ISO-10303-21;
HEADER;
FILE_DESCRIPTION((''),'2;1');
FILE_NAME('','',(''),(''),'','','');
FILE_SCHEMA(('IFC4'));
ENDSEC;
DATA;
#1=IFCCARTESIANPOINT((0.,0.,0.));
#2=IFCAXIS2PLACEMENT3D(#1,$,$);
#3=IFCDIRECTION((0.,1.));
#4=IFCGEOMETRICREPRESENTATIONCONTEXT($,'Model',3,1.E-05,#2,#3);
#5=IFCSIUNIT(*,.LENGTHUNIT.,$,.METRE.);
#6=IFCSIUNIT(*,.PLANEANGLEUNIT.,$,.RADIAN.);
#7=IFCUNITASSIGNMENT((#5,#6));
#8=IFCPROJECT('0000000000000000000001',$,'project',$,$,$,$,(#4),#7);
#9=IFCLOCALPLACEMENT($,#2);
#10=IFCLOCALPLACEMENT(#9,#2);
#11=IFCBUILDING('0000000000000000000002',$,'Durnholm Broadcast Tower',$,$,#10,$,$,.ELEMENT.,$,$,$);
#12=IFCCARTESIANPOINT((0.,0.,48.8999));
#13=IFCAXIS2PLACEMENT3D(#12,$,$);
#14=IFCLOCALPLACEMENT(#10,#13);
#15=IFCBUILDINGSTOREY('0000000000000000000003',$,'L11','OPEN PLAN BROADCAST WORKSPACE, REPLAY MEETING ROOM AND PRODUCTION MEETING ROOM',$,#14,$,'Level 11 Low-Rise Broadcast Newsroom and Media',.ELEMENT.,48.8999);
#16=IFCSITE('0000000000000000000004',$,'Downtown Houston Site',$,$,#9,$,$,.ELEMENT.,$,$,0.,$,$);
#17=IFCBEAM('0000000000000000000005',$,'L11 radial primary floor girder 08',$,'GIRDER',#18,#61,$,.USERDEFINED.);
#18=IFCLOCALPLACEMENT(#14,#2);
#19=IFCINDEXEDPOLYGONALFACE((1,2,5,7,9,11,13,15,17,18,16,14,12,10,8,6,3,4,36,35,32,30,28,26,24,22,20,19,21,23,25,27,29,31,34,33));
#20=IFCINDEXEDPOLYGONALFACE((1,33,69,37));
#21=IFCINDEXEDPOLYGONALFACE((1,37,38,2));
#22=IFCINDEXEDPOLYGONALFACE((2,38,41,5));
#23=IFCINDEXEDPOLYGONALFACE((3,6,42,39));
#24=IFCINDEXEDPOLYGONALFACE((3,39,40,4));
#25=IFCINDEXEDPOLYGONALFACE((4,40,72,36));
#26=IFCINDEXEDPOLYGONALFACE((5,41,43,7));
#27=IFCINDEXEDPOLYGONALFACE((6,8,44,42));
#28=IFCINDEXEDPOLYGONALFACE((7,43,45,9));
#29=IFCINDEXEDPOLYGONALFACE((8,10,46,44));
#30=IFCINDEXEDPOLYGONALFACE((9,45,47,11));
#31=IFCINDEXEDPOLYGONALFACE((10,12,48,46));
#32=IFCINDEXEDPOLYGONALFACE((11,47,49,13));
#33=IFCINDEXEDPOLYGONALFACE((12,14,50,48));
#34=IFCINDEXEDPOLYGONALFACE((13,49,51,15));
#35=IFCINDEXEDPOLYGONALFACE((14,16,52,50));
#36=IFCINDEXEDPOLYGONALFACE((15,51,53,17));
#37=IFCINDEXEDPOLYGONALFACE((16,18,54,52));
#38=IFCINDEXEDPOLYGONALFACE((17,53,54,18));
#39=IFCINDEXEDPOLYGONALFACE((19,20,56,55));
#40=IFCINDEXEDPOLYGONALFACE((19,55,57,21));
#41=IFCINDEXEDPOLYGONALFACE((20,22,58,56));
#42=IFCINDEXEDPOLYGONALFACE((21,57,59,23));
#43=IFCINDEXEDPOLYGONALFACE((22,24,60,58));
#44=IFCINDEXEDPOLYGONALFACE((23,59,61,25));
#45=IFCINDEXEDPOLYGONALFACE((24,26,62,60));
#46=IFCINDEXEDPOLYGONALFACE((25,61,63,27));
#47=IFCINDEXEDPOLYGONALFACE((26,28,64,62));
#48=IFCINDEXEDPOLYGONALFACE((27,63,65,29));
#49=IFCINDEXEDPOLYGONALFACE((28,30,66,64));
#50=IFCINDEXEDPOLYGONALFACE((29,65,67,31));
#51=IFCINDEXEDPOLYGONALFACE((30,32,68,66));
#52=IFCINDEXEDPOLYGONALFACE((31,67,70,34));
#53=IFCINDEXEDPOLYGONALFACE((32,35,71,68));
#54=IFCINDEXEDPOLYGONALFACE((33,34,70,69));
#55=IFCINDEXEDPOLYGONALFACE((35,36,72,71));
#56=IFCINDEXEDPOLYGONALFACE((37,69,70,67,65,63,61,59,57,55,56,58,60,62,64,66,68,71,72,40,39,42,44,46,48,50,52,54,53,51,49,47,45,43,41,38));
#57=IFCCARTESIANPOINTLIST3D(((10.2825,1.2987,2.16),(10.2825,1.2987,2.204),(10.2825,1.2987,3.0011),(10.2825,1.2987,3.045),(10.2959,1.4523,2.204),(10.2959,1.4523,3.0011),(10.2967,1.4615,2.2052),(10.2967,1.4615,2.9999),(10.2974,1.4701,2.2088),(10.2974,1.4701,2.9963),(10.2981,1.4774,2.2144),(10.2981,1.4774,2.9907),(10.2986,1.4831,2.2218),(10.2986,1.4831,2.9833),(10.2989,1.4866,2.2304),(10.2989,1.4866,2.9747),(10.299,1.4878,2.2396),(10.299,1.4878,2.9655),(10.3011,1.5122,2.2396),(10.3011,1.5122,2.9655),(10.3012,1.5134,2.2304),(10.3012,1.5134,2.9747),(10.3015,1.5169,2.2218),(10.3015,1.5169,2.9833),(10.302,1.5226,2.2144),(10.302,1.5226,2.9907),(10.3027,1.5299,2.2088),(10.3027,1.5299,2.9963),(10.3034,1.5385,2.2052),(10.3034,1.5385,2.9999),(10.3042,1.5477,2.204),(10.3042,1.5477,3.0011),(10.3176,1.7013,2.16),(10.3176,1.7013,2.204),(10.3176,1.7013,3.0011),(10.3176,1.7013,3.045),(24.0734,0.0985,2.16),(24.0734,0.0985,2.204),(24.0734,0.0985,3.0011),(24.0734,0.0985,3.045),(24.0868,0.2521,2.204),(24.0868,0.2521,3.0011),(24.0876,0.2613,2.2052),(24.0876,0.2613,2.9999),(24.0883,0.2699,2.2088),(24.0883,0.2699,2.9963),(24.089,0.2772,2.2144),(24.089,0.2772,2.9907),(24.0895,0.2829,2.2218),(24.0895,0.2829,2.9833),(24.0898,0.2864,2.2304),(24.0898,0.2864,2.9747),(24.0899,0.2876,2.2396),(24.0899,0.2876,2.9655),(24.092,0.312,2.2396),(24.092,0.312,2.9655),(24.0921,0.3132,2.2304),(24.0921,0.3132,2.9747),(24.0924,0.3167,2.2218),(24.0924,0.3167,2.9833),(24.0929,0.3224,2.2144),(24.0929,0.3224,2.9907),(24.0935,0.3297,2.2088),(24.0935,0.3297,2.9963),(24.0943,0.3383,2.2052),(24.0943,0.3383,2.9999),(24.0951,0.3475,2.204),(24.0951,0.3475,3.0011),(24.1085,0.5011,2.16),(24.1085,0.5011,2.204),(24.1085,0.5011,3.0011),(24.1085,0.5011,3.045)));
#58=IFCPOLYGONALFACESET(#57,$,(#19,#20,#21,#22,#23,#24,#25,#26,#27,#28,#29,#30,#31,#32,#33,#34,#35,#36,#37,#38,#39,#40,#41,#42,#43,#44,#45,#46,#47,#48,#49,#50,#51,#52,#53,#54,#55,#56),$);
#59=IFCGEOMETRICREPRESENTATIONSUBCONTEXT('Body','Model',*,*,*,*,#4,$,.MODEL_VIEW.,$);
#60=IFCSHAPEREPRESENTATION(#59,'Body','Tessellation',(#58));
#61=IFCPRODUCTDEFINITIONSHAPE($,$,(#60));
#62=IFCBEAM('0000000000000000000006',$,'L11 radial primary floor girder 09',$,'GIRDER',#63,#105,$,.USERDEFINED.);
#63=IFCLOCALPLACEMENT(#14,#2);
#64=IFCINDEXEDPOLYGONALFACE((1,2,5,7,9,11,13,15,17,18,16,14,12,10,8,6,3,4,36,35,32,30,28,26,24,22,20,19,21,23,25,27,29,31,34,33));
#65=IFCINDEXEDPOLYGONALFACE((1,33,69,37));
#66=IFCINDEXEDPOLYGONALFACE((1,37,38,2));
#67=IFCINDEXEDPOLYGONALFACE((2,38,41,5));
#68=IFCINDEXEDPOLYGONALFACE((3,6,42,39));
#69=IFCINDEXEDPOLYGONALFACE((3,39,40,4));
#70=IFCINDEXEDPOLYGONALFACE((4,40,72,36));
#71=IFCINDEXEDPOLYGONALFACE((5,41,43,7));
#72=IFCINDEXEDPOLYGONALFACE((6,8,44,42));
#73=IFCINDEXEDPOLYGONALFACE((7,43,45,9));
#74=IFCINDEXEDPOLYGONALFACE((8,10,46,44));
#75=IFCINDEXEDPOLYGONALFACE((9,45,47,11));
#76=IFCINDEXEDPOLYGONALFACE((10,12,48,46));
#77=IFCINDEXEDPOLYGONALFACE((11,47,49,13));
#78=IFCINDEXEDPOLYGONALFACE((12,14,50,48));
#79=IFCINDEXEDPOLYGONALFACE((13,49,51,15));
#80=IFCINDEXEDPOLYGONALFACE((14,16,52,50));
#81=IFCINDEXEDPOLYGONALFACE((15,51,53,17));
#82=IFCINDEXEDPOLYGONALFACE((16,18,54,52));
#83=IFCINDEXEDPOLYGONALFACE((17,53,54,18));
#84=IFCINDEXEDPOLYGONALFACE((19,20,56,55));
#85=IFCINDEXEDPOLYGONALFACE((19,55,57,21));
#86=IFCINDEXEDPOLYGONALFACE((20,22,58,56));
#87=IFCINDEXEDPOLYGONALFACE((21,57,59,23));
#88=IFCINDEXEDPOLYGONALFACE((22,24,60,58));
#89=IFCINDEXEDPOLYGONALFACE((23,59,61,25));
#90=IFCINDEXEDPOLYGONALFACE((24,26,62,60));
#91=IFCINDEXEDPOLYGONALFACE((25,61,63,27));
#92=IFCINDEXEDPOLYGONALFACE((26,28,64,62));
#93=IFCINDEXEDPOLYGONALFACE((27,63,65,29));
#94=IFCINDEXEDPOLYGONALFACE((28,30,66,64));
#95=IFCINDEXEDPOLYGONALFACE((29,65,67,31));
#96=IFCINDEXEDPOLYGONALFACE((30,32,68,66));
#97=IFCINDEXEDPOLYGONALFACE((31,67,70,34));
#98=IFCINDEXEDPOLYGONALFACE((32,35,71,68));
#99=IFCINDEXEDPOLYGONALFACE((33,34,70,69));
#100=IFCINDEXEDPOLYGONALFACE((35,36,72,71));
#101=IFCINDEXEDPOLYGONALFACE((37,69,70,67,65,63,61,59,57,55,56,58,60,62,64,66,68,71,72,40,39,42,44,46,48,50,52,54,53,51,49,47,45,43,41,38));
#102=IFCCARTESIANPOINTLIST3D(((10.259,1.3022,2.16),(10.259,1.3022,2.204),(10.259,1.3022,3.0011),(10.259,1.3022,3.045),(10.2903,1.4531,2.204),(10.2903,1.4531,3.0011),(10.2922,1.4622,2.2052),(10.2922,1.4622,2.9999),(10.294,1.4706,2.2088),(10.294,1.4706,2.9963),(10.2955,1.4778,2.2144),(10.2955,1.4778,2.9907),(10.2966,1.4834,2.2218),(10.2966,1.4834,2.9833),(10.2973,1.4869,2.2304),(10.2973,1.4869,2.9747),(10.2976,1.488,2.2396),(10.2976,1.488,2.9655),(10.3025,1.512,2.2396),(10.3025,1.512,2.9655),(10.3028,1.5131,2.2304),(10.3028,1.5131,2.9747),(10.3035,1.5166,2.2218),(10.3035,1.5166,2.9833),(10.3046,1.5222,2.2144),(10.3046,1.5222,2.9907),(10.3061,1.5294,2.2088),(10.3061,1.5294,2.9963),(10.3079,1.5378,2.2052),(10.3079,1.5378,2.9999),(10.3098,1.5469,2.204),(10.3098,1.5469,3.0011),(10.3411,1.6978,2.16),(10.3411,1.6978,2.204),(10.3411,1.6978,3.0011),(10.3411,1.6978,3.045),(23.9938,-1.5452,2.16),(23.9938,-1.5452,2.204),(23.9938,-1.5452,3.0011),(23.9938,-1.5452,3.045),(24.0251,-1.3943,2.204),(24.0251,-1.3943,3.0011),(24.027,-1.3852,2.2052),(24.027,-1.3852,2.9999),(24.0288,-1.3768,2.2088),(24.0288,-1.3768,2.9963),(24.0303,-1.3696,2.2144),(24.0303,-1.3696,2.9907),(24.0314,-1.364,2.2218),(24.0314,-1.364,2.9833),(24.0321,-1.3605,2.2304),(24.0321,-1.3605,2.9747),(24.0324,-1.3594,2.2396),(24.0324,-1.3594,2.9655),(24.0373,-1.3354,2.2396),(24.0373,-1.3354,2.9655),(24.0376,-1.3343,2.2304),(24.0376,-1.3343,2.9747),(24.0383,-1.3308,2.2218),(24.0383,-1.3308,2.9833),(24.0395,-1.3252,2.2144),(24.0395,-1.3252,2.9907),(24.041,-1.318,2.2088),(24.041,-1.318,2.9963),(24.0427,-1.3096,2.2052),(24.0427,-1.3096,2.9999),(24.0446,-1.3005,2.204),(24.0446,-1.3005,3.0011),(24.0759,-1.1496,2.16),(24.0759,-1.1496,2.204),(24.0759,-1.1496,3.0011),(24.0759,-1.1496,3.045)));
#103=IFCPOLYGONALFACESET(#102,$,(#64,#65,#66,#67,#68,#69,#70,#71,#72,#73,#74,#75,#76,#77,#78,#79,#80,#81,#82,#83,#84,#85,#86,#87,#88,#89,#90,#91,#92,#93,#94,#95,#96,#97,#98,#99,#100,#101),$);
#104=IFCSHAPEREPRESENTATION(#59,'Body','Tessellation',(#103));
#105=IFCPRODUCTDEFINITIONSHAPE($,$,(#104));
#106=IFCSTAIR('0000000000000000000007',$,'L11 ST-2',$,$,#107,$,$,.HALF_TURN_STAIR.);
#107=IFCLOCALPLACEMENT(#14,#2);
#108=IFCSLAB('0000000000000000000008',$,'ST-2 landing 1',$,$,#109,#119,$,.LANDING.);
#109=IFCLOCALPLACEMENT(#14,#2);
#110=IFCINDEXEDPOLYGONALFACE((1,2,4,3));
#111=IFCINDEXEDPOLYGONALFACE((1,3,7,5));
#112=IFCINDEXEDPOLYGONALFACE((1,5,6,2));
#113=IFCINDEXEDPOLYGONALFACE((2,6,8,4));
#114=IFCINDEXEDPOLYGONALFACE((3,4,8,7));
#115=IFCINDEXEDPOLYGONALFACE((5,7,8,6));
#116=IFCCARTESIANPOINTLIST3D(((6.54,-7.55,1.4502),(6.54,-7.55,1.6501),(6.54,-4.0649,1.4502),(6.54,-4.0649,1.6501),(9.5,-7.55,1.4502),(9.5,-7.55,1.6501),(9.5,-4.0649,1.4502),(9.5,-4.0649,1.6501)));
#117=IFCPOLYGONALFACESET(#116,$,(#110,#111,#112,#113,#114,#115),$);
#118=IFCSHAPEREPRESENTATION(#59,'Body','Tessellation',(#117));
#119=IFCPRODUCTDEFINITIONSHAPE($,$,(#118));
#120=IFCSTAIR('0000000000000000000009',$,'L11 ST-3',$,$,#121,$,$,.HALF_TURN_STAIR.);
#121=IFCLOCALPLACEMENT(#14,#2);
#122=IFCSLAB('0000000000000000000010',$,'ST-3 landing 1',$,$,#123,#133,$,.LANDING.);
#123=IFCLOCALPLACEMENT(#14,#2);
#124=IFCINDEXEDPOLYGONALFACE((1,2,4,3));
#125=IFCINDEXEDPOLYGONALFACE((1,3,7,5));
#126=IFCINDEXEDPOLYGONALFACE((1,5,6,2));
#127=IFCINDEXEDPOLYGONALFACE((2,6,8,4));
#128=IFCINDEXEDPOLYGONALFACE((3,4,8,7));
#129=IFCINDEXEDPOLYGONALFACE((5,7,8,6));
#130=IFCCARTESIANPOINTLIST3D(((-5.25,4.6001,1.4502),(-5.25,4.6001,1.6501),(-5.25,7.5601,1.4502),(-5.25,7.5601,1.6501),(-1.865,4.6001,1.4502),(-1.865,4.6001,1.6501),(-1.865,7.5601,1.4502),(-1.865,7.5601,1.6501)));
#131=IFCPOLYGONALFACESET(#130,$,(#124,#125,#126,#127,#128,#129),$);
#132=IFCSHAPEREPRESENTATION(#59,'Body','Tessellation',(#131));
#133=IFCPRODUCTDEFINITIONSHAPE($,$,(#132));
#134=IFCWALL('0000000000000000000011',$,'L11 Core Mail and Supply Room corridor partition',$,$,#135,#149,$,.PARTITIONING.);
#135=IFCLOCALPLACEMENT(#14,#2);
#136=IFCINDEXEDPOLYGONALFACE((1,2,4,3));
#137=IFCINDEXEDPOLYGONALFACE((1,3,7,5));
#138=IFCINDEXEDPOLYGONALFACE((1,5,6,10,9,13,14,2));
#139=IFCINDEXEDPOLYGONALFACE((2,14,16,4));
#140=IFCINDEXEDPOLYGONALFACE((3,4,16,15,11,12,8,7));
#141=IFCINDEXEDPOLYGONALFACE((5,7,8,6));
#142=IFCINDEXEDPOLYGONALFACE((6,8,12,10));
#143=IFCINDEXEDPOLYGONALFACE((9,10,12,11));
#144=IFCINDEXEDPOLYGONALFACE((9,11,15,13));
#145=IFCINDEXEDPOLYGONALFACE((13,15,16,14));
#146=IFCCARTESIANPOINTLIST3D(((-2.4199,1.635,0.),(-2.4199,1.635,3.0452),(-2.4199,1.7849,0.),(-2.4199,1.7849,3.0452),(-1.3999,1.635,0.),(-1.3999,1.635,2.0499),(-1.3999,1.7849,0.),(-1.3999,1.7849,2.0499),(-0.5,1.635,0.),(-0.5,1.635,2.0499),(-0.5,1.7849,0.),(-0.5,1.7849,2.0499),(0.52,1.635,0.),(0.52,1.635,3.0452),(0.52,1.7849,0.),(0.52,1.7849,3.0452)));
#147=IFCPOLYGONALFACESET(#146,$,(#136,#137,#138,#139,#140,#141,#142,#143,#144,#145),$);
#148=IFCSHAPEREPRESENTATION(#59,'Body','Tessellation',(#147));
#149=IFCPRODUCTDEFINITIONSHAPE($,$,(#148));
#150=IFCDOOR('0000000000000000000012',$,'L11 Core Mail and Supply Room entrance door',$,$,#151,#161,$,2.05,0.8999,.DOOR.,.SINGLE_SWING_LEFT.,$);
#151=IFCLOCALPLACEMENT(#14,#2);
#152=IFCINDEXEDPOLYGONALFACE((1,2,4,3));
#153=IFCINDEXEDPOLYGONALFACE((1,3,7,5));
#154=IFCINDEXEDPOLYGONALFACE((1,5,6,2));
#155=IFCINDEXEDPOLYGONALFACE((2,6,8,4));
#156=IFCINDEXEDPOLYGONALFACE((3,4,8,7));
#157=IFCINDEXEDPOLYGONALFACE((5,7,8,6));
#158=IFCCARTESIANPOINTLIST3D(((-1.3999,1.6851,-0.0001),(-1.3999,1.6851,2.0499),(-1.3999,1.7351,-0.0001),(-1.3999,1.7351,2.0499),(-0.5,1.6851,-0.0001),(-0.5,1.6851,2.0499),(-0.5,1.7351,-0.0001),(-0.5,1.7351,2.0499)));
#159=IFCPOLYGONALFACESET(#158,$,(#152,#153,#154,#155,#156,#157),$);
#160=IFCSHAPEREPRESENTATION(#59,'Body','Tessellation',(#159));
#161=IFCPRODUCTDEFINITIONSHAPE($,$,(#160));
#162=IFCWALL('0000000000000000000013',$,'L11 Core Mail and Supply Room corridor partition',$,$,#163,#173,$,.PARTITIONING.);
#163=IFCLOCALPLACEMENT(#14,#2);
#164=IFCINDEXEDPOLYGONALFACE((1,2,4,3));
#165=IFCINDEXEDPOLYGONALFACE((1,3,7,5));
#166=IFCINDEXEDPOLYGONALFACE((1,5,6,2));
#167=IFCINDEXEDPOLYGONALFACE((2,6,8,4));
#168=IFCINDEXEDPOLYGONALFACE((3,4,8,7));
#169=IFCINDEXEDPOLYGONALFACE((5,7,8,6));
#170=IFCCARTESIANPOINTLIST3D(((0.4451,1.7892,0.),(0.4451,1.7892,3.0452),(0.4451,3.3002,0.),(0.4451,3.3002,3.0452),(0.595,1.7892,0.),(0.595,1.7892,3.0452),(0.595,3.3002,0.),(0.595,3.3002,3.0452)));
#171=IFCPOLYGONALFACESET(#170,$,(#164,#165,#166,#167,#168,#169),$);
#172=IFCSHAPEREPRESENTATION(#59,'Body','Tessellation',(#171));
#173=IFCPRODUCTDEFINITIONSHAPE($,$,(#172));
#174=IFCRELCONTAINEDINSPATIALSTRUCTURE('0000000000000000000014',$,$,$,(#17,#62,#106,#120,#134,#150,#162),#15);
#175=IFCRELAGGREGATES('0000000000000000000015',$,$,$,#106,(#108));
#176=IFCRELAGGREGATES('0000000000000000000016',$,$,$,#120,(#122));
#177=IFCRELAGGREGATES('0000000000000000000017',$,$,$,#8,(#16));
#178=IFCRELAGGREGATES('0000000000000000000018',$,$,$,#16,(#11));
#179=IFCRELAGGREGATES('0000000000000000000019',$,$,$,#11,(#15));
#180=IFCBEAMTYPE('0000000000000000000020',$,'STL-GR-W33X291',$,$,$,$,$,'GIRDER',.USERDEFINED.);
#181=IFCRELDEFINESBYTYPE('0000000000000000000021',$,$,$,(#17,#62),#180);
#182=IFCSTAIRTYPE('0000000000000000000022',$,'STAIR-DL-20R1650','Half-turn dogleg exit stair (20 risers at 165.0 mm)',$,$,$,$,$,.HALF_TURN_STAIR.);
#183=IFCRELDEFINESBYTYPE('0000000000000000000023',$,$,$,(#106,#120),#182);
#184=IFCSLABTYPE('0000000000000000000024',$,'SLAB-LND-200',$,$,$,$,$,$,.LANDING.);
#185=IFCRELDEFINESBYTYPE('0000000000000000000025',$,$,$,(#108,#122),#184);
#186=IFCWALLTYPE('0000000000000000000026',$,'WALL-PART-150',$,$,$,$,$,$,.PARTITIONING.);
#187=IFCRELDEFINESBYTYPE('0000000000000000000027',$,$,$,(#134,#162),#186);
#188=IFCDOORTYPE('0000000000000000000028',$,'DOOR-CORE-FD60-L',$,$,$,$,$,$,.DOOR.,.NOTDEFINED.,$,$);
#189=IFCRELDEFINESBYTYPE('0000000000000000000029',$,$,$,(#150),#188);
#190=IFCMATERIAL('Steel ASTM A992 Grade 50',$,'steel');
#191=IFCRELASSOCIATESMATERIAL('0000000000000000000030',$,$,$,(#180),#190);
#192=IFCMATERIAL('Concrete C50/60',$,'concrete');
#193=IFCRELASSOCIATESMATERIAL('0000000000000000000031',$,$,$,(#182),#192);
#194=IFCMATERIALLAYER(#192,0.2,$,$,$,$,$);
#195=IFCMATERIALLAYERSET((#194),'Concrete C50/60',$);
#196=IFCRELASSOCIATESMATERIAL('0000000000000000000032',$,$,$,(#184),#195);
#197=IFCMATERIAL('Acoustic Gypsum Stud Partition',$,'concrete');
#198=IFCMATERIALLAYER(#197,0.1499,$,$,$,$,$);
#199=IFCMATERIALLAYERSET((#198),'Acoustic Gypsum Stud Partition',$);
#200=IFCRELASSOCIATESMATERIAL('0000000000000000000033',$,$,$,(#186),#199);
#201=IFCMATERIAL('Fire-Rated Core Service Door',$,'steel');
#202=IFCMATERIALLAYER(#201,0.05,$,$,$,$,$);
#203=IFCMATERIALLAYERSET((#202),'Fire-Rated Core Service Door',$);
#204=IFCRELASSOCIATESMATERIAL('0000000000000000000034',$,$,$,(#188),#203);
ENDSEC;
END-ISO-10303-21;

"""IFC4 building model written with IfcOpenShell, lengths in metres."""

from ifc_helpers import new_model, si_unit, direction, frame, frame_2d, origin, origin_2d, place, context, subcontext, project, spatial, polyline, rectangle, i_section, outline, extrude, source, transform, mapped, material, layer, layer_set, material_profile, profile_set, type_object, type_shapes, element, fill, aggregate, save


model = new_model("IFC4")

# Units and contexts
model_context = context("Model", 3, precision=1e-05, world=origin(), true_north=direction((0.0, 1.0)))
body_context = subcontext(model_context, "Body", "Model", "MODEL_VIEW")
ifc_project = project(units=[si_unit("LENGTHUNIT", "METRE"), si_unit("PLANEANGLEUNIT", "RADIAN")], contexts=[model_context])

# Site, building, storey
site_placement = place(None, origin())
site = spatial("IfcSite", under=ifc_project, at=site_placement, Name="Downtown Houston Site", CompositionType="ELEMENT", RefElevation=0.0)
building_placement = place(site_placement, origin())
building = spatial("IfcBuilding", under=site, at=building_placement, Name="Durnholm Broadcast Tower", CompositionType="ELEMENT")
storey_placement = place(building_placement, frame((0.0, 0.0, 48.8999)))
storey = spatial("IfcBuildingStorey", under=building, at=storey_placement, Name="L11", Description="OPEN PLAN BROADCAST WORKSPACE, REPLAY MEETING ROOM AND PRODUCTION MEETING ROOM", LongName="Level 11 Low-Rise Broadcast Newsroom and Media", CompositionType="ELEMENT", Elevation=48.8999)

# Beams
ifc_material_1 = material(Name="Steel ASTM A992 Grade 50", Category="steel")
ifc_material_profile = material_profile(ifc_material_1, i_section(OverallWidth=0.4041, OverallDepth=0.885, WebThickness=0.0244, FlangeThickness=0.0439, FilletRadius=0.0356, at=origin_2d()), Name="W33X291")
ifc_profile_set = profile_set([ifc_material_profile], Name="Steel ASTM A992 Grade 50")
beam_type = type_object("IfcBeamType", Name="STL-GR-W33X291", ElementType="GIRDER", PredefinedType="USERDEFINED", material=ifc_profile_set)
shared_shape_1 = source(origin(), body_context, "Body", "SweptSolid", [
    extrude(i_section(OverallWidth=0.4041, OverallDepth=0.885, WebThickness=0.0244, FlangeThickness=0.0439, FilletRadius=0.0356, at=origin_2d()), origin(), (0.0, 0.0, 1.0), 13.843),
])
beam_1_placement = place(storey_placement, frame((10.3, 1.5, 2.6025), z_axis=(0.996234, -0.086701, 0.0), x_axis=(0.086701, 0.996234, 0.0)))
element("IfcBeam", 1, at=beam_1_placement, inside=storey, type_object=beam_type, Name="L11 radial primary floor girder 08", ObjectType="GIRDER", PredefinedType="USERDEFINED", context=body_context, shape_type="MappedRepresentation", body=[
    mapped(shared_shape_1, transform((0.0, 0.0, 0.0), x_axis=(1.0, 0.0, 0.0), y_axis=(0.0, 1.0, 0.0), z_axis=(0.0, 0.0, 1.0), scale=1.0)),
])
shared_shape_2 = source(origin(), body_context, "Body", "SweptSolid", [
    extrude(i_section(OverallWidth=0.4041, OverallDepth=0.885, WebThickness=0.0244, FlangeThickness=0.0439, FilletRadius=0.0356, at=origin_2d()), origin(), (0.0, 0.0, 1.0), 14.0269),
])
type_shapes(beam_type, [shared_shape_1, shared_shape_2])
beam_2_placement = place(storey_placement, frame((10.3, 1.5, 2.6025), z_axis=(0.979179, -0.202996, 0.0), x_axis=(0.202996, 0.979179, 0.0)))
element("IfcBeam", 2, at=beam_2_placement, inside=storey, type_object=beam_type, Name="L11 radial primary floor girder 09", ObjectType="GIRDER", PredefinedType="USERDEFINED", context=body_context, shape_type="MappedRepresentation", body=[
    mapped(shared_shape_2, transform((0.0, 0.0, 0.0), x_axis=(1.0, 0.0, 0.0), y_axis=(0.0, 1.0, 0.0), z_axis=(0.0, 0.0, 1.0), scale=1.0)),
])

# Stairs, slabs
ifc_material_2 = material(Name="Concrete C50/60", Category="concrete")
stair_type = type_object("IfcStairType", Name="STAIR-DL-20R1650", Description="Half-turn dogleg exit stair (20 risers at 165.0 mm)", PredefinedType="HALF_TURN_STAIR", material=ifc_material_2)
stair_1_placement = place(storey_placement, origin())
stair_1 = element("IfcStair", 3, at=stair_1_placement, inside=storey, type_object=stair_type, Name="L11 ST-2", PredefinedType="HALF_TURN_STAIR")
ifc_layer_1 = layer(ifc_material_2, 0.2)
ifc_layer_set_1 = layer_set([ifc_layer_1], Name="Concrete C50/60")
slab_type = type_object("IfcSlabType", Name="SLAB-LND-200", PredefinedType="LANDING", material=ifc_layer_set_1)
slab_1_placement = place(storey_placement, frame((0.0, 0.0, 1.4502)))
slab_1 = element("IfcSlab", 4, at=slab_1_placement, type_object=slab_type, Name="ST-2 landing 1", PredefinedType="LANDING", context=body_context, shape_type="SweptSolid", body=[
    extrude(outline(polyline([(6.54, -4.0649), (6.54, -7.55), (9.5, -7.55), (9.5, -4.0649), (6.54, -4.0649)])), origin(), (0.0, 0.0, 1.0), 0.2),
])
aggregate(stair_1, [slab_1])
stair_2_placement = place(storey_placement, origin())
stair_2 = element("IfcStair", 5, at=stair_2_placement, inside=storey, type_object=stair_type, Name="L11 ST-3", PredefinedType="HALF_TURN_STAIR")
slab_2_placement = place(storey_placement, frame((0.0, 0.0, 1.4502)))
slab_2 = element("IfcSlab", 6, at=slab_2_placement, type_object=slab_type, Name="ST-3 landing 1", PredefinedType="LANDING", context=body_context, shape_type="SweptSolid", body=[
    extrude(outline(polyline([(-1.865, 7.5601), (-5.25, 7.5601), (-5.25, 4.6001), (-1.865, 4.6001), (-1.865, 7.5601)])), origin(), (0.0, 0.0, 1.0), 0.2),
])

# Wall, opening, door
ifc_material_3 = material(Name="Acoustic Gypsum Stud Partition", Category="concrete")
ifc_layer_2 = layer(ifc_material_3, 0.1499)
ifc_layer_set_2 = layer_set([ifc_layer_2], Name="Acoustic Gypsum Stud Partition")
wall_type_1 = type_object("IfcWallType", Name="WALL-PART-150", PredefinedType="PARTITIONING", material=ifc_layer_set_2)
wall_1_placement = place(storey_placement, frame((0.52, 1.71, 0.0), z_axis=(0.0, 0.0, 1.0), x_axis=(-1.0, 0.0, 0.0)))
wall_1 = element("IfcWall", 7, at=wall_1_placement, inside=storey, type_object=wall_type_1, Name="L11 Core Mail and Supply Room corridor partition", PredefinedType="PARTITIONING", context=body_context, shape_type="SweptSolid", body=[
    extrude(rectangle(XDim=2.9399, YDim=0.1499, at=frame_2d((1.47, 0.0))), origin(), (0.0, 0.0, 1.0), 3.0452),
])
opening_1_placement = place(wall_1_placement, frame((1.02, 0.0, 0.0)))
opening_1 = element("IfcOpeningElement", 8, at=opening_1_placement, cuts=wall_1, PredefinedType="OPENING", context=body_context, shape_type="SweptSolid", body=[
    extrude(rectangle(XDim=0.8999, YDim=2.05, at=frame_2d((0.45, 1.0249))), frame((0.0, 0.085, 0.0), z_axis=(0.0, -1.0, 0.0), x_axis=(1.0, 0.0, 0.0)), (0.0, 0.0, 1.0), 0.1699),
])
ifc_material_4 = material(Name="Fire-Rated Core Service Door", Category="steel")
ifc_layer_3 = layer(ifc_material_4, 0.05)
ifc_layer_set_3 = layer_set([ifc_layer_3], Name="Fire-Rated Core Service Door")
door_type_1 = type_object("IfcDoorType", Name="DOOR-CORE-FD60-L", OperationType="NOTDEFINED", PredefinedType="DOOR", material=ifc_layer_set_3)
shared_shape_3 = source(origin(), body_context, "Body", "SweptSolid", [
    extrude(rectangle(XDim=0.8999, YDim=2.05, at=frame_2d((0.45, 1.0249))), frame((0.0, 0.0249, 0.0), z_axis=(0.0, -1.0, 0.0), x_axis=(1.0, 0.0, 0.0)), (0.0, 0.0, 1.0), 0.05),
])
type_shapes(door_type_1, [shared_shape_3])
door_1_placement = place(opening_1_placement, origin())
door_1 = element("IfcDoor", 9, at=door_1_placement, inside=storey, type_object=door_type_1, Name="L11 Core Mail and Supply Room entrance door", OperationType="SINGLE_SWING_LEFT", OverallHeight=2.05, OverallWidth=0.8999, PredefinedType="DOOR", context=body_context, shape_type="MappedRepresentation", body=[
    mapped(shared_shape_3, transform((0.0, 0.0, 0.0), x_axis=(1.0, 0.0, 0.0), y_axis=(0.0, 1.0, 0.0), z_axis=(0.0, 0.0, 1.0), scale=1.0)),
])
fill(opening_1, door_1)

# Wall
wall_2_placement = place(storey_placement, frame((0.52, 3.3, 0.0), z_axis=(0.0, 0.0, 1.0), x_axis=(0.0, -1.0, 0.0)))
element("IfcWall", 10, at=wall_2_placement, inside=storey, type_object=wall_type_1, Name="L11 Core Mail and Supply Room corridor partition", PredefinedType="PARTITIONING", context=body_context, shape_type="SweptSolid", body=[
    extrude(rectangle(XDim=1.511, YDim=0.1499, at=frame_2d((0.7554, 0.0))), origin(), (0.0, 0.0, 1.0), 3.0452),
])

aggregate(stair_2, [slab_2])

save(model, "model.ifc")
